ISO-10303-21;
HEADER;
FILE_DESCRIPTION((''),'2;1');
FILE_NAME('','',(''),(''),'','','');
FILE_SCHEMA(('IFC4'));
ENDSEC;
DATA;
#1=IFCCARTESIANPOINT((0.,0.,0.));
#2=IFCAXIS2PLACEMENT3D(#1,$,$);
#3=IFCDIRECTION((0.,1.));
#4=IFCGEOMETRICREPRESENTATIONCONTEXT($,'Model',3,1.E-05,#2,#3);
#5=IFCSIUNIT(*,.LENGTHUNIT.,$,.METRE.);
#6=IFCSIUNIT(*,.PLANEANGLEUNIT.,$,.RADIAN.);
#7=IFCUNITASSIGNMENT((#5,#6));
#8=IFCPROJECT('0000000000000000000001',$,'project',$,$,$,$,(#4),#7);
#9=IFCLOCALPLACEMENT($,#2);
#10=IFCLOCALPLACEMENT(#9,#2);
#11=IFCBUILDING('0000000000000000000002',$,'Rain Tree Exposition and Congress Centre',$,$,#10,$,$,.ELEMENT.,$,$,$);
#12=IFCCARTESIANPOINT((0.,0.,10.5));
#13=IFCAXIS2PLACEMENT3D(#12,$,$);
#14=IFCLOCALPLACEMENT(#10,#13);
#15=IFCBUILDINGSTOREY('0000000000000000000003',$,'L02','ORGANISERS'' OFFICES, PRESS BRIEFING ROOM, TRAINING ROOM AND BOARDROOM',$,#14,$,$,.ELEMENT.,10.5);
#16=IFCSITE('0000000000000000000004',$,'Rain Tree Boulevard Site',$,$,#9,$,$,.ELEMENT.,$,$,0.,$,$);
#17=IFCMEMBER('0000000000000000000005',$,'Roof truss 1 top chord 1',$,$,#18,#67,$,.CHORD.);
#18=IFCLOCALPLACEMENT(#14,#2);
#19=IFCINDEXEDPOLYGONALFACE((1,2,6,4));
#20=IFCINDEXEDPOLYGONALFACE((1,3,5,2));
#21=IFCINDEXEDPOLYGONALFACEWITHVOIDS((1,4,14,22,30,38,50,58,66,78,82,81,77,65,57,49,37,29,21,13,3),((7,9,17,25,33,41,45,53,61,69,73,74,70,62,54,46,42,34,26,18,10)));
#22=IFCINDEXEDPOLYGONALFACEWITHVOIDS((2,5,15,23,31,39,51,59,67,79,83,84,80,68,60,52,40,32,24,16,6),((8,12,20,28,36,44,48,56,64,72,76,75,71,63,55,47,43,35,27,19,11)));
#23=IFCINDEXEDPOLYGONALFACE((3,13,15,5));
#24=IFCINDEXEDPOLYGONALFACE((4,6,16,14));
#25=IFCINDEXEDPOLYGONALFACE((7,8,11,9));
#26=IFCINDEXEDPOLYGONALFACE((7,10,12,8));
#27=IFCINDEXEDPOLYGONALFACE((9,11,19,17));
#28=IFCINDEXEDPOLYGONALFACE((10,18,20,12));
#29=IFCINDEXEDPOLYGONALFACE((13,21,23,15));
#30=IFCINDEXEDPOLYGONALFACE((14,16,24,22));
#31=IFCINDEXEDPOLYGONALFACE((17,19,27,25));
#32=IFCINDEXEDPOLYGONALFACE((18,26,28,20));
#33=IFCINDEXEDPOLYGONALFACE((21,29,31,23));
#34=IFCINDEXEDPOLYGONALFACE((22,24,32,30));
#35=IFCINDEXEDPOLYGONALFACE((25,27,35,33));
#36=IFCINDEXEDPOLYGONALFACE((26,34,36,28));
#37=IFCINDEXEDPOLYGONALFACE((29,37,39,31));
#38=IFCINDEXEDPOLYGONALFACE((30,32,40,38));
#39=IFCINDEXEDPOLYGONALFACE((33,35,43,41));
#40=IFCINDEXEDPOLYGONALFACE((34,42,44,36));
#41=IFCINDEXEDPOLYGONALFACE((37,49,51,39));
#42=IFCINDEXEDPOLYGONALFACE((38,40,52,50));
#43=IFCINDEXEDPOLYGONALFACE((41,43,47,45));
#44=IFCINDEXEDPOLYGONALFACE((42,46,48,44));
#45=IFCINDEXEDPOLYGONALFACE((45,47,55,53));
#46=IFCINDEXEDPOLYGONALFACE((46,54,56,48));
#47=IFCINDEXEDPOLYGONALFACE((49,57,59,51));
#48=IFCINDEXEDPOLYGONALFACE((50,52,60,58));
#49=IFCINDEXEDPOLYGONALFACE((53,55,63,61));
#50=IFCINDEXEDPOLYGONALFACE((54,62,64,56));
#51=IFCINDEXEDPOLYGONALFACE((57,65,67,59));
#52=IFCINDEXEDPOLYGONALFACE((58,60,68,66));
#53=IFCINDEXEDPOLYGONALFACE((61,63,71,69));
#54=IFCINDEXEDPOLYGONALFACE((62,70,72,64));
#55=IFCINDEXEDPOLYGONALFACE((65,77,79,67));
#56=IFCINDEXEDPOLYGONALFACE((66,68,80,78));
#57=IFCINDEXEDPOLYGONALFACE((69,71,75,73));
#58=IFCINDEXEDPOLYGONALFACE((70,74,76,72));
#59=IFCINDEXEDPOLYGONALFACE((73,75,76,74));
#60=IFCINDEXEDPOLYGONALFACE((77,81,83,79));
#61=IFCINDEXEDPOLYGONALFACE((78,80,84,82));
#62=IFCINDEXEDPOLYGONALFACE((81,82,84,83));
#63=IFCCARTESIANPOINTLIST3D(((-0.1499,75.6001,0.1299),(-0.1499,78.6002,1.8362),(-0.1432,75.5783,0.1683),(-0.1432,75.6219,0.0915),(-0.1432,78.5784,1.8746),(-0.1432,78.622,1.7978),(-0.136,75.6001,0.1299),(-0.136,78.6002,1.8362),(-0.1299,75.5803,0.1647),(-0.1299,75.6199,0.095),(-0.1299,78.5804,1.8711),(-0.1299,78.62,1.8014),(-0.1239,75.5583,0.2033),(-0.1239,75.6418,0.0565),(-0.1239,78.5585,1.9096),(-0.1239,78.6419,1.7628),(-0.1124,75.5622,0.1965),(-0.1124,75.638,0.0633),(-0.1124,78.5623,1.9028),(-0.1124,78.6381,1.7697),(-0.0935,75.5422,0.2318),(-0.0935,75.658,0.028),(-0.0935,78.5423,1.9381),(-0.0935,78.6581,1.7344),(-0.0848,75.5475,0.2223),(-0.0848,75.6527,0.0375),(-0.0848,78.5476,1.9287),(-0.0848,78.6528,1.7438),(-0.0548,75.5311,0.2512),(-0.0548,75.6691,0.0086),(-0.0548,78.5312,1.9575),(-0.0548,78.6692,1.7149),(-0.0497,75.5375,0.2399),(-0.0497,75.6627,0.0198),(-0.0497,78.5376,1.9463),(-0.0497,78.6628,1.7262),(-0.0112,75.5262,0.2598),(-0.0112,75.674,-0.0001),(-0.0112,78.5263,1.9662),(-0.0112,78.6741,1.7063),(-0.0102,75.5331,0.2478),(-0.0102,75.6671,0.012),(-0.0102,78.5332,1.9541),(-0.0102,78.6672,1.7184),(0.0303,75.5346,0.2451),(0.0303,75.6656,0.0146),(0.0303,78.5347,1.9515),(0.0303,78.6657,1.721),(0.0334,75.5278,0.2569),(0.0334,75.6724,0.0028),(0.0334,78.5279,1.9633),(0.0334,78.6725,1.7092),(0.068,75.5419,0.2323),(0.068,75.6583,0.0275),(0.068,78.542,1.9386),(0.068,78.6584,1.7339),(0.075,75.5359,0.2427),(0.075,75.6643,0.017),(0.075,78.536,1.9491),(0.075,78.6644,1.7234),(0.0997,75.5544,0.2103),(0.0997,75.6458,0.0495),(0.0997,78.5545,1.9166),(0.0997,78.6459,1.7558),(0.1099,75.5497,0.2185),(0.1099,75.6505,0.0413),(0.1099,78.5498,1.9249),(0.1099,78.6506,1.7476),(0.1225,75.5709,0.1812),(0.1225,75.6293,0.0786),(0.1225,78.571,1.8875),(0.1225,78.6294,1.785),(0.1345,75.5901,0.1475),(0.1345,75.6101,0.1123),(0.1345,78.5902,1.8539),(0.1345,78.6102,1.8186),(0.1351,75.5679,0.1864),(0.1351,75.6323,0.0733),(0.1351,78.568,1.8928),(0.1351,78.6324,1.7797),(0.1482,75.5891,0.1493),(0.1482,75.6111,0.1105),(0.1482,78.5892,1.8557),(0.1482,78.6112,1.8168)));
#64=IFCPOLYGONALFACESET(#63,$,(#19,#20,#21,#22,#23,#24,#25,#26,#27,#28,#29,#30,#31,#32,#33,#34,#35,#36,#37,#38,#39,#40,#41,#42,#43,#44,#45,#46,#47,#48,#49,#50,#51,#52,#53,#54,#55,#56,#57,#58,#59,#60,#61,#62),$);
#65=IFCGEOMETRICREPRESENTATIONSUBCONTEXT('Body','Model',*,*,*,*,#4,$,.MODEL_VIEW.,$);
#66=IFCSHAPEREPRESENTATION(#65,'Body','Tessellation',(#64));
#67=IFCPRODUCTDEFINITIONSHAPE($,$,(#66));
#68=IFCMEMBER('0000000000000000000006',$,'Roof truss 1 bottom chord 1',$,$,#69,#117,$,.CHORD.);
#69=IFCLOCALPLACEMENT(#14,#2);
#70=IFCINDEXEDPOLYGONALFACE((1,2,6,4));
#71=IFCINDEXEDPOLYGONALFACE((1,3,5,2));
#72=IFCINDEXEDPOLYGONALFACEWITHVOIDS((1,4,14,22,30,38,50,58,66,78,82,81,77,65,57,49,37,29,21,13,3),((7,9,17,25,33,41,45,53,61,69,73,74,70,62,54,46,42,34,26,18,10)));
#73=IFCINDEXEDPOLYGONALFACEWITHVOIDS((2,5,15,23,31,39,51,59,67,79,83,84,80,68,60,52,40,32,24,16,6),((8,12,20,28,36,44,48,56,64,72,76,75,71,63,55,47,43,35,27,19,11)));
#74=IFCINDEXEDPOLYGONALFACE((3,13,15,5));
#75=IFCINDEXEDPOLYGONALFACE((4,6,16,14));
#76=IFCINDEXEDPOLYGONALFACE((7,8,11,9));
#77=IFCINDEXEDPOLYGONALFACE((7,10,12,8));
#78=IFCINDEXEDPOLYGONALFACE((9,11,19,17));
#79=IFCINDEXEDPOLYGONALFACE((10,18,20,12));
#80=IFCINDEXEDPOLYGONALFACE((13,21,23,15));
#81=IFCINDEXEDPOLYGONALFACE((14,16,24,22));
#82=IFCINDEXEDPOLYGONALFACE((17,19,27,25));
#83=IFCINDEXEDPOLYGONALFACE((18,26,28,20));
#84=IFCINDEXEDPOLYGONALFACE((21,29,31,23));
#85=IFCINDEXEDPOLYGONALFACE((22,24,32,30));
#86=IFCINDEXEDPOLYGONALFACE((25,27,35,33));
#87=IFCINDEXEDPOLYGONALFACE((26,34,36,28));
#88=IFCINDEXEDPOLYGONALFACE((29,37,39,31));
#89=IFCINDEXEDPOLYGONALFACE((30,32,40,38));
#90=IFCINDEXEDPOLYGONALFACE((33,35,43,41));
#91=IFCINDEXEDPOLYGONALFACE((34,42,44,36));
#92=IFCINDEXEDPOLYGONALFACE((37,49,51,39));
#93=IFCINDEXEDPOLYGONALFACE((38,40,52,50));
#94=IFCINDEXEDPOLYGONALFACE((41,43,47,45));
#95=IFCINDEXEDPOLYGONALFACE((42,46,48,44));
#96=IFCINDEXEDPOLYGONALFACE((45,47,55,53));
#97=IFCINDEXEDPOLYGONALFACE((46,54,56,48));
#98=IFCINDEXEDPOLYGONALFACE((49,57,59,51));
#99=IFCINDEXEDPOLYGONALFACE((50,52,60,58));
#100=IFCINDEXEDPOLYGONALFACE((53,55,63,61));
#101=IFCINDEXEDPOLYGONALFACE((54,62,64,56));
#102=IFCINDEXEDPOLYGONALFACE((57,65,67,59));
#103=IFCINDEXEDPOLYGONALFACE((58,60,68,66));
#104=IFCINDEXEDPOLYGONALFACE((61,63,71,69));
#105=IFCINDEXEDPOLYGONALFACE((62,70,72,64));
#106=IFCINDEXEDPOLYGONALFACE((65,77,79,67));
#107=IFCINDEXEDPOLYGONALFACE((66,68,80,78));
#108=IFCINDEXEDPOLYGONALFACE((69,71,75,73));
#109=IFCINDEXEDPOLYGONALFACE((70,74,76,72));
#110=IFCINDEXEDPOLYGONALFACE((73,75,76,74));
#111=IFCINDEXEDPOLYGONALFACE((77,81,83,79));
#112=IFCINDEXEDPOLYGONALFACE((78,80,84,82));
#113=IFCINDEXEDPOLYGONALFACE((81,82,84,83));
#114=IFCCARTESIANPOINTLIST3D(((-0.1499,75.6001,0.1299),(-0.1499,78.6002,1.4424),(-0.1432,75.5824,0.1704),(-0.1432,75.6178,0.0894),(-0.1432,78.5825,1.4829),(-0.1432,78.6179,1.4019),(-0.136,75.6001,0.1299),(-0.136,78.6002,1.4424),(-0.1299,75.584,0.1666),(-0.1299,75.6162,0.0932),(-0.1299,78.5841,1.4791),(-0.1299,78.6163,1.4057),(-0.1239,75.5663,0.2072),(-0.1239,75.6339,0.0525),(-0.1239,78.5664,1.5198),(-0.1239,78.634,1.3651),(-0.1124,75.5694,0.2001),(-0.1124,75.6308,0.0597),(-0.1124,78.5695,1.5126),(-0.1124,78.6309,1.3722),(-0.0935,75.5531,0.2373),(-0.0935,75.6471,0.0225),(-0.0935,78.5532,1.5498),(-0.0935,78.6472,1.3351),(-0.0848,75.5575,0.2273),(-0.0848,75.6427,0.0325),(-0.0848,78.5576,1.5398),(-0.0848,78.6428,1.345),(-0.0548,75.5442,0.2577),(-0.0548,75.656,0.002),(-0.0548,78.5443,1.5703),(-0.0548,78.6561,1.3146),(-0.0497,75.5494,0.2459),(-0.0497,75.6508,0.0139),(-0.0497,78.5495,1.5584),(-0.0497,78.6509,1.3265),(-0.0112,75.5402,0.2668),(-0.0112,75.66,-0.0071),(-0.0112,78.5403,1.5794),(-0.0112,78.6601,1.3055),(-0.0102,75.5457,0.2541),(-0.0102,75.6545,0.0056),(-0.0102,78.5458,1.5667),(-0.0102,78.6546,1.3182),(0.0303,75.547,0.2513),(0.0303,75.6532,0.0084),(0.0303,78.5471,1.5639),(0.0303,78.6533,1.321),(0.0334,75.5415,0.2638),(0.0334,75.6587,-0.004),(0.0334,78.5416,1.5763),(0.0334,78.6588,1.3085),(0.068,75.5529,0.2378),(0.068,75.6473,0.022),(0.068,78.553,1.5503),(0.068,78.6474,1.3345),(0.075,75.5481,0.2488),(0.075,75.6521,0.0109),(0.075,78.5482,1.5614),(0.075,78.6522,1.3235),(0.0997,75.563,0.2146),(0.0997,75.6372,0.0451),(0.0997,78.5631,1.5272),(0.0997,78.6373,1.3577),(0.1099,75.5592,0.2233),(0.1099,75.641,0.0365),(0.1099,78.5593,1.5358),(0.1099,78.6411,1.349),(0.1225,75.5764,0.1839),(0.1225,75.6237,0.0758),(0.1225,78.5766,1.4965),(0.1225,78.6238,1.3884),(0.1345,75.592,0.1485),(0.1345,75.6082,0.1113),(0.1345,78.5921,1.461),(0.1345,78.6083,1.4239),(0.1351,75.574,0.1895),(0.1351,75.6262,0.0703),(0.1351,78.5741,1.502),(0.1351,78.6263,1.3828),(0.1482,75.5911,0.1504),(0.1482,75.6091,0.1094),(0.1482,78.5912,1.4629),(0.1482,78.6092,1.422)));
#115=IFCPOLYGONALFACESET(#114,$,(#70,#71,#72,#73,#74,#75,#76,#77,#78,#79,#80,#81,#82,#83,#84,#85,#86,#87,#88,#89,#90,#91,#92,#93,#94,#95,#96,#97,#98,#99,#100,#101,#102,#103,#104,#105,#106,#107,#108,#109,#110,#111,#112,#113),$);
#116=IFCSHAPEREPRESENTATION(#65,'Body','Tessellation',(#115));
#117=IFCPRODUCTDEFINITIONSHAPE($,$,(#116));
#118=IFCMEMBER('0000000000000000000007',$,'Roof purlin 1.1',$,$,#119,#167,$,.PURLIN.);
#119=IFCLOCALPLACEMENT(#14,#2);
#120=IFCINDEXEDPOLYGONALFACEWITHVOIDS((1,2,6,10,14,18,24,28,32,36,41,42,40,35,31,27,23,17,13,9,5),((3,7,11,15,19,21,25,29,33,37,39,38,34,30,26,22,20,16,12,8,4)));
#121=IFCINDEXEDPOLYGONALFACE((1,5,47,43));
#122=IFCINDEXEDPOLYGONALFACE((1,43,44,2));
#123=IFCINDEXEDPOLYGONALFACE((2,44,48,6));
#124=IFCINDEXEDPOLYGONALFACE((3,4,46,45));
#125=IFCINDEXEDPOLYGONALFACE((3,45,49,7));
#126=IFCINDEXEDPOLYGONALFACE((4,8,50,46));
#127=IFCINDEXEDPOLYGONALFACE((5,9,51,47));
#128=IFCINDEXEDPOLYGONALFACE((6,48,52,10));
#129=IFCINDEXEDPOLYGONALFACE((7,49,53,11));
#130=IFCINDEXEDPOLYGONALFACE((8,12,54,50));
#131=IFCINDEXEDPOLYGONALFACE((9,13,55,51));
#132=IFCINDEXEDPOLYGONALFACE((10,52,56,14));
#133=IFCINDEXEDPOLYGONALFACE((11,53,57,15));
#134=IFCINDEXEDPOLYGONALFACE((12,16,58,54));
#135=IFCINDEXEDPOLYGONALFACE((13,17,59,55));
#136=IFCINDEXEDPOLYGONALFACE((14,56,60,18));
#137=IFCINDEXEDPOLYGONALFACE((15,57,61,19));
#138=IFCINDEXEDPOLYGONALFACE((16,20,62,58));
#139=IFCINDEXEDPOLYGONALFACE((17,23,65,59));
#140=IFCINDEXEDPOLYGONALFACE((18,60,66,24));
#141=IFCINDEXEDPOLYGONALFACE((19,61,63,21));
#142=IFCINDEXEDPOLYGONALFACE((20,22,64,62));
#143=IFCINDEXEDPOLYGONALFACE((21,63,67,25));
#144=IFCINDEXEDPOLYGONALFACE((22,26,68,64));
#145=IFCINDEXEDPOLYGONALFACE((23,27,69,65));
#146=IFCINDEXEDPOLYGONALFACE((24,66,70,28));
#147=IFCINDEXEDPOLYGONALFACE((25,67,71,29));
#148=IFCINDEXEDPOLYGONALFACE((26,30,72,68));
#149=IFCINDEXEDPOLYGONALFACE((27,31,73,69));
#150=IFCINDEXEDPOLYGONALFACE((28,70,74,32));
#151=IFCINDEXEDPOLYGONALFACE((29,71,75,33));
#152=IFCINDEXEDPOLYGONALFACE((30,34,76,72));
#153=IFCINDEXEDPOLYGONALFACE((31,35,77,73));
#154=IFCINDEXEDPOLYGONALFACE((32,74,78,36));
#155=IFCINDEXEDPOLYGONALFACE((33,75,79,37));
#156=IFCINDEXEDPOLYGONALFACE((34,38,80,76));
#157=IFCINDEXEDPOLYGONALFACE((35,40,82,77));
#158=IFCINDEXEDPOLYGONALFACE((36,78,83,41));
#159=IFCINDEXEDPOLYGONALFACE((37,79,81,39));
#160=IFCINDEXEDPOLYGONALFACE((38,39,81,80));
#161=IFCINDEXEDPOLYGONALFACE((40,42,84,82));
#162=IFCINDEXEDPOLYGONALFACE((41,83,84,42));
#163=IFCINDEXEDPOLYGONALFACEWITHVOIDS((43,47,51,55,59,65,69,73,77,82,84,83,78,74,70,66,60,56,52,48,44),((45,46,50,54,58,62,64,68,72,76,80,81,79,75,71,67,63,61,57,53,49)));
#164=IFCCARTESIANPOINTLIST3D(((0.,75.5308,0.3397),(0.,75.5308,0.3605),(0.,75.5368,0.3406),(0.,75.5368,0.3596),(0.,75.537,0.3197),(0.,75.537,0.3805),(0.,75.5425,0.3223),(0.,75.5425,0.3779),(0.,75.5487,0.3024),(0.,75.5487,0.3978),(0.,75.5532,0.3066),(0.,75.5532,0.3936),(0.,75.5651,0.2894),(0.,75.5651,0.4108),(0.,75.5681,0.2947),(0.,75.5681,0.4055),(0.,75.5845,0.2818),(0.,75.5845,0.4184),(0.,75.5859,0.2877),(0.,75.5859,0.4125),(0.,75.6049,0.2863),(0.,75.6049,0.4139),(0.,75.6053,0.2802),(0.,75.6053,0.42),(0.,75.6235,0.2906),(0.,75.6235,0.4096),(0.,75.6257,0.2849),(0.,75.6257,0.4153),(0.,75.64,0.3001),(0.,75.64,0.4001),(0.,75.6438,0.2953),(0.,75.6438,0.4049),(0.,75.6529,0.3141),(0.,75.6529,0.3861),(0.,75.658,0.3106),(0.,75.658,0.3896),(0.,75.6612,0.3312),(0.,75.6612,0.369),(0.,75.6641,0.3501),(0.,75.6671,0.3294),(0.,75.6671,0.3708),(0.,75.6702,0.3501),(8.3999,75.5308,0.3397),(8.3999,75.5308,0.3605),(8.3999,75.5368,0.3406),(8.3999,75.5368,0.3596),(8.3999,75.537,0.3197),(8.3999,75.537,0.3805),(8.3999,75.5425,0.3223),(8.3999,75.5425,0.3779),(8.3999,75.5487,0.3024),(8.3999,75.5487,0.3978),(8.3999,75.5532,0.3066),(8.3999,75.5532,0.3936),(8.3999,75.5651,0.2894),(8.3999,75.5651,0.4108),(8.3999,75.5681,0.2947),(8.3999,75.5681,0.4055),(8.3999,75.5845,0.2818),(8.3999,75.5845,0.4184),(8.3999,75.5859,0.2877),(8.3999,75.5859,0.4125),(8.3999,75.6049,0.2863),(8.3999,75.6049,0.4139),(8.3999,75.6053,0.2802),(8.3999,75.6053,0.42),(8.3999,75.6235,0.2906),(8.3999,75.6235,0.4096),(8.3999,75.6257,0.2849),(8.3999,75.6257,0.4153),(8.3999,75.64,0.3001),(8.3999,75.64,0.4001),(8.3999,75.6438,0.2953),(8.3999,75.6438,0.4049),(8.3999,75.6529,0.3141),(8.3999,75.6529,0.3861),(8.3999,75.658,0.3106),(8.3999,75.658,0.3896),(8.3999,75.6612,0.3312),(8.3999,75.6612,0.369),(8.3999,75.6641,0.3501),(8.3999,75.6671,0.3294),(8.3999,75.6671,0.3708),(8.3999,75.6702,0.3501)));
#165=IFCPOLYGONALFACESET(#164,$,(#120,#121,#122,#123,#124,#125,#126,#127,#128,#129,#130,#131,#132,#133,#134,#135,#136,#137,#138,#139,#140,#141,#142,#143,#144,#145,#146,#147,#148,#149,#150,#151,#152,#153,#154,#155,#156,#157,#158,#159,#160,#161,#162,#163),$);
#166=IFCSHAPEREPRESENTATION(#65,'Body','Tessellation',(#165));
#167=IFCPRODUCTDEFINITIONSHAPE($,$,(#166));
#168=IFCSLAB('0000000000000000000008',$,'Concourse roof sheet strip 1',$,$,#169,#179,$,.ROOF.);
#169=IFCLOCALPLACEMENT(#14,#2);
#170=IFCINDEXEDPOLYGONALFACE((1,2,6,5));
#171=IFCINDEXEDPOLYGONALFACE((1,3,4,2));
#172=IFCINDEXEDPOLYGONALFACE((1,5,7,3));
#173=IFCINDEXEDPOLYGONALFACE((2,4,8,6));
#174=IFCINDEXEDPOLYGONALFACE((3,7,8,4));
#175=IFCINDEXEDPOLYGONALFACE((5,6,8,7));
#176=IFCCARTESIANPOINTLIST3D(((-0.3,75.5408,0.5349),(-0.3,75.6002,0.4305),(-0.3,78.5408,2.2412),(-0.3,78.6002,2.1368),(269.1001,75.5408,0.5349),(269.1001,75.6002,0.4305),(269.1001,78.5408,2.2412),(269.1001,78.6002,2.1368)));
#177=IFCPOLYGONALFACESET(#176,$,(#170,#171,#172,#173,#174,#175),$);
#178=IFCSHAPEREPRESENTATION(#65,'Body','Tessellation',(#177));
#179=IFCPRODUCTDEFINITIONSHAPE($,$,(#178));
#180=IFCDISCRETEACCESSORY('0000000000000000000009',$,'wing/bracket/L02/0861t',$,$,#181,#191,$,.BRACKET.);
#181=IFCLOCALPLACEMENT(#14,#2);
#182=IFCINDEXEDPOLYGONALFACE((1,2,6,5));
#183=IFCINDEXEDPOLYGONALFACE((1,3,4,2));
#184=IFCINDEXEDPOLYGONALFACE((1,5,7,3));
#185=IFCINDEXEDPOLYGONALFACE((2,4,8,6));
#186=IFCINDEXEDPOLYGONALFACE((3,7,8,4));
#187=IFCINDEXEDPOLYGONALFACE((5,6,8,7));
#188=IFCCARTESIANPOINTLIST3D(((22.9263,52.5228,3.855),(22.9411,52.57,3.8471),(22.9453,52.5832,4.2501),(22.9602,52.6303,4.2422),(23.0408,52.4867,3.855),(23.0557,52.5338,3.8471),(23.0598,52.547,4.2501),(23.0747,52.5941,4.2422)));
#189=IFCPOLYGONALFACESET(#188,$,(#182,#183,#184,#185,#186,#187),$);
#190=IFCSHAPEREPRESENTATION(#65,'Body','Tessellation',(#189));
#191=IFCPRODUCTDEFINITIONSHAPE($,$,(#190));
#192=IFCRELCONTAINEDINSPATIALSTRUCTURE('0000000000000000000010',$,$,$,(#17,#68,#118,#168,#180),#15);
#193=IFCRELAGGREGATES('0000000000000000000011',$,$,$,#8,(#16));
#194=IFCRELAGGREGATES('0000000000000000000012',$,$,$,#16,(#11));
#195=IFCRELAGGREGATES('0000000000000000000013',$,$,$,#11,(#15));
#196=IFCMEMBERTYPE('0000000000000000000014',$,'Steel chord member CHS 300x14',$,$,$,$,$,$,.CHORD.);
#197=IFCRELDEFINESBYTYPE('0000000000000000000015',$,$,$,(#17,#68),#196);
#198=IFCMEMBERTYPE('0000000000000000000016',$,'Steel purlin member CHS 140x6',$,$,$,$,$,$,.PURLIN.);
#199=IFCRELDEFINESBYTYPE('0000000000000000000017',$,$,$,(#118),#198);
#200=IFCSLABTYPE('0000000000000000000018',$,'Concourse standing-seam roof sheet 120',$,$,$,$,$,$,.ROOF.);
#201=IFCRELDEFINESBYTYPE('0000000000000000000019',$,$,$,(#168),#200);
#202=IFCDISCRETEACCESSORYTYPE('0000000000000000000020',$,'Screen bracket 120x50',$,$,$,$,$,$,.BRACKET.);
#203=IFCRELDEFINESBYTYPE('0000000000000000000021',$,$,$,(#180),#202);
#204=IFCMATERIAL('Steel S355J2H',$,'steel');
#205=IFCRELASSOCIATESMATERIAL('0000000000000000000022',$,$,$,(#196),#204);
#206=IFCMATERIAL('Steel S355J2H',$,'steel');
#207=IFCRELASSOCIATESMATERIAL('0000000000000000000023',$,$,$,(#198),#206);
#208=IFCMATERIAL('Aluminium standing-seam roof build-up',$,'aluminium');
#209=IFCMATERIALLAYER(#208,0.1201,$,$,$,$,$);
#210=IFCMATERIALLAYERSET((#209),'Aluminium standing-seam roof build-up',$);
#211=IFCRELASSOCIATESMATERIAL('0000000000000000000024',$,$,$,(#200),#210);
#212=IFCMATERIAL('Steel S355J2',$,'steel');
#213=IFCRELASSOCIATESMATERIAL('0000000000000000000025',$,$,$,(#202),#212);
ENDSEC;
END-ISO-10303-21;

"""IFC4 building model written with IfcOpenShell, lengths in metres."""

from ifc_helpers import new_model, si_unit, direction, frame, origin, origin_2d, place, context, subcontext, project, spatial, polyline, rectangle, hollow_circle, outline, extrude, material, layer, layer_set, material_profile, profile_set, type_object, element, save


model = new_model("IFC4")

# Units and contexts
model_context = context("Model", 3, precision=1e-05, world=origin(), true_north=direction((0.0, 1.0)))
body_context = subcontext(model_context, "Body", "Model", "MODEL_VIEW")
ifc_project = project(units=[si_unit("LENGTHUNIT", "METRE"), si_unit("PLANEANGLEUNIT", "RADIAN")], contexts=[model_context])

# Site, building, storey
site_placement = place(None, origin())
site = spatial("IfcSite", under=ifc_project, at=site_placement, Name="Rain Tree Boulevard Site", CompositionType="ELEMENT", RefElevation=0.0)
building_placement = place(site_placement, origin())
building = spatial("IfcBuilding", under=site, at=building_placement, Name="Rain Tree Exposition and Congress Centre", CompositionType="ELEMENT")
storey_placement = place(building_placement, frame((0.0, 0.0, 10.5)))
storey = spatial("IfcBuildingStorey", under=building, at=storey_placement, Name="L02", Description="ORGANISERS' OFFICES, PRESS BRIEFING ROOM, TRAINING ROOM AND BOARDROOM", CompositionType="ELEMENT", Elevation=10.5)

# Members
ifc_material_1 = material(Name="Steel S355J2H", Category="steel")
ifc_material_profile_1 = material_profile(ifc_material_1, hollow_circle(Radius=0.1499, WallThickness=0.0139, at=origin_2d()), Name="CHS 300x14")
ifc_profile_set_1 = profile_set([ifc_material_profile_1], Name="Steel S355J2H")
member_type_1 = type_object("IfcMemberType", Name="Steel chord member CHS 300x14", PredefinedType="CHORD", material=ifc_profile_set_1)
member_1_placement = place(storey_placement, frame((0.0, 75.6001, 0.1299), z_axis=(0.0, 0.869238, 0.494393), x_axis=(-1.0, 0.0, 0.0)))
element("IfcMember", 1, at=member_1_placement, inside=storey, type_object=member_type_1, Name="Roof truss 1 top chord 1", PredefinedType="CHORD", context=body_context, shape_type="SweptSolid", body=[
    extrude(hollow_circle(Radius=0.1499, WallThickness=0.0139, at=origin_2d()), origin(), (0.0, 0.0, 1.0), 3.4514),
])
member_2_placement = place(storey_placement, frame((0.0, 75.6001, 0.1299), z_axis=(0.0, 0.916157, 0.400819), x_axis=(-1.0, 0.0, 0.0)))
element("IfcMember", 2, at=member_2_placement, inside=storey, type_object=member_type_1, Name="Roof truss 1 bottom chord 1", PredefinedType="CHORD", context=body_context, shape_type="SweptSolid", body=[
    extrude(hollow_circle(Radius=0.1499, WallThickness=0.0139, at=origin_2d()), origin(), (0.0, 0.0, 1.0), 3.2747),
])
ifc_material_2 = material(Name="Steel S355J2H", Category="steel")
ifc_material_profile_2 = material_profile(ifc_material_2, hollow_circle(Radius=0.0701, WallThickness=0.0061, at=origin_2d()), Name="CHS 140x6")
ifc_profile_set_2 = profile_set([ifc_material_profile_2], Name="Steel S355J2H")
member_type_2 = type_object("IfcMemberType", Name="Steel purlin member CHS 140x6", PredefinedType="PURLIN", material=ifc_profile_set_2)
member_3_placement = place(storey_placement, frame((0.0, 75.6001, 0.3501), z_axis=(1.0, 0.0, 0.0), x_axis=(0.0, 1.0, 0.0)))
element("IfcMember", 3, at=member_3_placement, inside=storey, type_object=member_type_2, Name="Roof purlin 1.1", PredefinedType="PURLIN", context=body_context, shape_type="SweptSolid", body=[
    extrude(hollow_circle(Radius=0.0701, WallThickness=0.0061, at=origin_2d()), origin(), (0.0, 0.0, 1.0), 8.3999),
])

# Slab
ifc_material_3 = material(Name="Aluminium standing-seam roof build-up", Category="aluminium")
ifc_layer_1 = layer(ifc_material_3, 0.1201)
ifc_layer_set_1 = layer_set([ifc_layer_1], Name="Aluminium standing-seam roof build-up")
slab_type = type_object("IfcSlabType", Name="Concourse standing-seam roof sheet 120", PredefinedType="ROOF", material=ifc_layer_set_1)
slab_placement = place(storey_placement, frame((-0.3, 75.5408, 0.5349), z_axis=(0.0, -0.494393, 0.869238), x_axis=(1.0, 0.0, 0.0)))
element("IfcSlab", 4, at=slab_placement, inside=storey, type_object=slab_type, Name="Concourse roof sheet strip 1", PredefinedType="ROOF", context=body_context, shape_type="SweptSolid", body=[
    extrude(outline(polyline([(0.0, 0.0), (269.4001, 0.0), (269.4001, 3.4513), (0.0, 3.4513), (0.0, 0.0)])), origin(), (0.0, 0.0, -1.0), 0.1201),
])

# Discrete accessory
ifc_material_4 = material(Name="Steel S355J2", Category="steel")
ifc_material_profile_3 = material_profile(ifc_material_4, rectangle(XDim=0.1201, YDim=0.05, at=origin_2d()), Name="Flat bar 120x50")
ifc_profile_set_3 = profile_set([ifc_material_profile_3], Name="Steel S355J2")
discrete_accessory_type = type_object("IfcDiscreteAccessoryType", Name="Screen bracket 120x50", PredefinedType="BRACKET", material=ifc_profile_set_3)
for number, where, z_axis, x_axis, name in (
    (5, (22.991, 52.5283, 3.8511), (0.047602, 0.150738, 0.987427), (-0.953583, 0.301131, 0.0), "wing/bracket/L02/0861t"),
):
    element("IfcDiscreteAccessory", number, at=place(storey_placement, frame(where, z_axis=z_axis, x_axis=x_axis)), inside=storey, type_object=discrete_accessory_type, Name=name, PredefinedType="BRACKET", context=body_context, shape_type="SweptSolid", body=[
        extrude(rectangle(XDim=0.1201, YDim=0.05, at=origin_2d()), origin(), (0.0, 0.0, 1.0), 0.4001),
    ])

save(model, "model.ifc")
